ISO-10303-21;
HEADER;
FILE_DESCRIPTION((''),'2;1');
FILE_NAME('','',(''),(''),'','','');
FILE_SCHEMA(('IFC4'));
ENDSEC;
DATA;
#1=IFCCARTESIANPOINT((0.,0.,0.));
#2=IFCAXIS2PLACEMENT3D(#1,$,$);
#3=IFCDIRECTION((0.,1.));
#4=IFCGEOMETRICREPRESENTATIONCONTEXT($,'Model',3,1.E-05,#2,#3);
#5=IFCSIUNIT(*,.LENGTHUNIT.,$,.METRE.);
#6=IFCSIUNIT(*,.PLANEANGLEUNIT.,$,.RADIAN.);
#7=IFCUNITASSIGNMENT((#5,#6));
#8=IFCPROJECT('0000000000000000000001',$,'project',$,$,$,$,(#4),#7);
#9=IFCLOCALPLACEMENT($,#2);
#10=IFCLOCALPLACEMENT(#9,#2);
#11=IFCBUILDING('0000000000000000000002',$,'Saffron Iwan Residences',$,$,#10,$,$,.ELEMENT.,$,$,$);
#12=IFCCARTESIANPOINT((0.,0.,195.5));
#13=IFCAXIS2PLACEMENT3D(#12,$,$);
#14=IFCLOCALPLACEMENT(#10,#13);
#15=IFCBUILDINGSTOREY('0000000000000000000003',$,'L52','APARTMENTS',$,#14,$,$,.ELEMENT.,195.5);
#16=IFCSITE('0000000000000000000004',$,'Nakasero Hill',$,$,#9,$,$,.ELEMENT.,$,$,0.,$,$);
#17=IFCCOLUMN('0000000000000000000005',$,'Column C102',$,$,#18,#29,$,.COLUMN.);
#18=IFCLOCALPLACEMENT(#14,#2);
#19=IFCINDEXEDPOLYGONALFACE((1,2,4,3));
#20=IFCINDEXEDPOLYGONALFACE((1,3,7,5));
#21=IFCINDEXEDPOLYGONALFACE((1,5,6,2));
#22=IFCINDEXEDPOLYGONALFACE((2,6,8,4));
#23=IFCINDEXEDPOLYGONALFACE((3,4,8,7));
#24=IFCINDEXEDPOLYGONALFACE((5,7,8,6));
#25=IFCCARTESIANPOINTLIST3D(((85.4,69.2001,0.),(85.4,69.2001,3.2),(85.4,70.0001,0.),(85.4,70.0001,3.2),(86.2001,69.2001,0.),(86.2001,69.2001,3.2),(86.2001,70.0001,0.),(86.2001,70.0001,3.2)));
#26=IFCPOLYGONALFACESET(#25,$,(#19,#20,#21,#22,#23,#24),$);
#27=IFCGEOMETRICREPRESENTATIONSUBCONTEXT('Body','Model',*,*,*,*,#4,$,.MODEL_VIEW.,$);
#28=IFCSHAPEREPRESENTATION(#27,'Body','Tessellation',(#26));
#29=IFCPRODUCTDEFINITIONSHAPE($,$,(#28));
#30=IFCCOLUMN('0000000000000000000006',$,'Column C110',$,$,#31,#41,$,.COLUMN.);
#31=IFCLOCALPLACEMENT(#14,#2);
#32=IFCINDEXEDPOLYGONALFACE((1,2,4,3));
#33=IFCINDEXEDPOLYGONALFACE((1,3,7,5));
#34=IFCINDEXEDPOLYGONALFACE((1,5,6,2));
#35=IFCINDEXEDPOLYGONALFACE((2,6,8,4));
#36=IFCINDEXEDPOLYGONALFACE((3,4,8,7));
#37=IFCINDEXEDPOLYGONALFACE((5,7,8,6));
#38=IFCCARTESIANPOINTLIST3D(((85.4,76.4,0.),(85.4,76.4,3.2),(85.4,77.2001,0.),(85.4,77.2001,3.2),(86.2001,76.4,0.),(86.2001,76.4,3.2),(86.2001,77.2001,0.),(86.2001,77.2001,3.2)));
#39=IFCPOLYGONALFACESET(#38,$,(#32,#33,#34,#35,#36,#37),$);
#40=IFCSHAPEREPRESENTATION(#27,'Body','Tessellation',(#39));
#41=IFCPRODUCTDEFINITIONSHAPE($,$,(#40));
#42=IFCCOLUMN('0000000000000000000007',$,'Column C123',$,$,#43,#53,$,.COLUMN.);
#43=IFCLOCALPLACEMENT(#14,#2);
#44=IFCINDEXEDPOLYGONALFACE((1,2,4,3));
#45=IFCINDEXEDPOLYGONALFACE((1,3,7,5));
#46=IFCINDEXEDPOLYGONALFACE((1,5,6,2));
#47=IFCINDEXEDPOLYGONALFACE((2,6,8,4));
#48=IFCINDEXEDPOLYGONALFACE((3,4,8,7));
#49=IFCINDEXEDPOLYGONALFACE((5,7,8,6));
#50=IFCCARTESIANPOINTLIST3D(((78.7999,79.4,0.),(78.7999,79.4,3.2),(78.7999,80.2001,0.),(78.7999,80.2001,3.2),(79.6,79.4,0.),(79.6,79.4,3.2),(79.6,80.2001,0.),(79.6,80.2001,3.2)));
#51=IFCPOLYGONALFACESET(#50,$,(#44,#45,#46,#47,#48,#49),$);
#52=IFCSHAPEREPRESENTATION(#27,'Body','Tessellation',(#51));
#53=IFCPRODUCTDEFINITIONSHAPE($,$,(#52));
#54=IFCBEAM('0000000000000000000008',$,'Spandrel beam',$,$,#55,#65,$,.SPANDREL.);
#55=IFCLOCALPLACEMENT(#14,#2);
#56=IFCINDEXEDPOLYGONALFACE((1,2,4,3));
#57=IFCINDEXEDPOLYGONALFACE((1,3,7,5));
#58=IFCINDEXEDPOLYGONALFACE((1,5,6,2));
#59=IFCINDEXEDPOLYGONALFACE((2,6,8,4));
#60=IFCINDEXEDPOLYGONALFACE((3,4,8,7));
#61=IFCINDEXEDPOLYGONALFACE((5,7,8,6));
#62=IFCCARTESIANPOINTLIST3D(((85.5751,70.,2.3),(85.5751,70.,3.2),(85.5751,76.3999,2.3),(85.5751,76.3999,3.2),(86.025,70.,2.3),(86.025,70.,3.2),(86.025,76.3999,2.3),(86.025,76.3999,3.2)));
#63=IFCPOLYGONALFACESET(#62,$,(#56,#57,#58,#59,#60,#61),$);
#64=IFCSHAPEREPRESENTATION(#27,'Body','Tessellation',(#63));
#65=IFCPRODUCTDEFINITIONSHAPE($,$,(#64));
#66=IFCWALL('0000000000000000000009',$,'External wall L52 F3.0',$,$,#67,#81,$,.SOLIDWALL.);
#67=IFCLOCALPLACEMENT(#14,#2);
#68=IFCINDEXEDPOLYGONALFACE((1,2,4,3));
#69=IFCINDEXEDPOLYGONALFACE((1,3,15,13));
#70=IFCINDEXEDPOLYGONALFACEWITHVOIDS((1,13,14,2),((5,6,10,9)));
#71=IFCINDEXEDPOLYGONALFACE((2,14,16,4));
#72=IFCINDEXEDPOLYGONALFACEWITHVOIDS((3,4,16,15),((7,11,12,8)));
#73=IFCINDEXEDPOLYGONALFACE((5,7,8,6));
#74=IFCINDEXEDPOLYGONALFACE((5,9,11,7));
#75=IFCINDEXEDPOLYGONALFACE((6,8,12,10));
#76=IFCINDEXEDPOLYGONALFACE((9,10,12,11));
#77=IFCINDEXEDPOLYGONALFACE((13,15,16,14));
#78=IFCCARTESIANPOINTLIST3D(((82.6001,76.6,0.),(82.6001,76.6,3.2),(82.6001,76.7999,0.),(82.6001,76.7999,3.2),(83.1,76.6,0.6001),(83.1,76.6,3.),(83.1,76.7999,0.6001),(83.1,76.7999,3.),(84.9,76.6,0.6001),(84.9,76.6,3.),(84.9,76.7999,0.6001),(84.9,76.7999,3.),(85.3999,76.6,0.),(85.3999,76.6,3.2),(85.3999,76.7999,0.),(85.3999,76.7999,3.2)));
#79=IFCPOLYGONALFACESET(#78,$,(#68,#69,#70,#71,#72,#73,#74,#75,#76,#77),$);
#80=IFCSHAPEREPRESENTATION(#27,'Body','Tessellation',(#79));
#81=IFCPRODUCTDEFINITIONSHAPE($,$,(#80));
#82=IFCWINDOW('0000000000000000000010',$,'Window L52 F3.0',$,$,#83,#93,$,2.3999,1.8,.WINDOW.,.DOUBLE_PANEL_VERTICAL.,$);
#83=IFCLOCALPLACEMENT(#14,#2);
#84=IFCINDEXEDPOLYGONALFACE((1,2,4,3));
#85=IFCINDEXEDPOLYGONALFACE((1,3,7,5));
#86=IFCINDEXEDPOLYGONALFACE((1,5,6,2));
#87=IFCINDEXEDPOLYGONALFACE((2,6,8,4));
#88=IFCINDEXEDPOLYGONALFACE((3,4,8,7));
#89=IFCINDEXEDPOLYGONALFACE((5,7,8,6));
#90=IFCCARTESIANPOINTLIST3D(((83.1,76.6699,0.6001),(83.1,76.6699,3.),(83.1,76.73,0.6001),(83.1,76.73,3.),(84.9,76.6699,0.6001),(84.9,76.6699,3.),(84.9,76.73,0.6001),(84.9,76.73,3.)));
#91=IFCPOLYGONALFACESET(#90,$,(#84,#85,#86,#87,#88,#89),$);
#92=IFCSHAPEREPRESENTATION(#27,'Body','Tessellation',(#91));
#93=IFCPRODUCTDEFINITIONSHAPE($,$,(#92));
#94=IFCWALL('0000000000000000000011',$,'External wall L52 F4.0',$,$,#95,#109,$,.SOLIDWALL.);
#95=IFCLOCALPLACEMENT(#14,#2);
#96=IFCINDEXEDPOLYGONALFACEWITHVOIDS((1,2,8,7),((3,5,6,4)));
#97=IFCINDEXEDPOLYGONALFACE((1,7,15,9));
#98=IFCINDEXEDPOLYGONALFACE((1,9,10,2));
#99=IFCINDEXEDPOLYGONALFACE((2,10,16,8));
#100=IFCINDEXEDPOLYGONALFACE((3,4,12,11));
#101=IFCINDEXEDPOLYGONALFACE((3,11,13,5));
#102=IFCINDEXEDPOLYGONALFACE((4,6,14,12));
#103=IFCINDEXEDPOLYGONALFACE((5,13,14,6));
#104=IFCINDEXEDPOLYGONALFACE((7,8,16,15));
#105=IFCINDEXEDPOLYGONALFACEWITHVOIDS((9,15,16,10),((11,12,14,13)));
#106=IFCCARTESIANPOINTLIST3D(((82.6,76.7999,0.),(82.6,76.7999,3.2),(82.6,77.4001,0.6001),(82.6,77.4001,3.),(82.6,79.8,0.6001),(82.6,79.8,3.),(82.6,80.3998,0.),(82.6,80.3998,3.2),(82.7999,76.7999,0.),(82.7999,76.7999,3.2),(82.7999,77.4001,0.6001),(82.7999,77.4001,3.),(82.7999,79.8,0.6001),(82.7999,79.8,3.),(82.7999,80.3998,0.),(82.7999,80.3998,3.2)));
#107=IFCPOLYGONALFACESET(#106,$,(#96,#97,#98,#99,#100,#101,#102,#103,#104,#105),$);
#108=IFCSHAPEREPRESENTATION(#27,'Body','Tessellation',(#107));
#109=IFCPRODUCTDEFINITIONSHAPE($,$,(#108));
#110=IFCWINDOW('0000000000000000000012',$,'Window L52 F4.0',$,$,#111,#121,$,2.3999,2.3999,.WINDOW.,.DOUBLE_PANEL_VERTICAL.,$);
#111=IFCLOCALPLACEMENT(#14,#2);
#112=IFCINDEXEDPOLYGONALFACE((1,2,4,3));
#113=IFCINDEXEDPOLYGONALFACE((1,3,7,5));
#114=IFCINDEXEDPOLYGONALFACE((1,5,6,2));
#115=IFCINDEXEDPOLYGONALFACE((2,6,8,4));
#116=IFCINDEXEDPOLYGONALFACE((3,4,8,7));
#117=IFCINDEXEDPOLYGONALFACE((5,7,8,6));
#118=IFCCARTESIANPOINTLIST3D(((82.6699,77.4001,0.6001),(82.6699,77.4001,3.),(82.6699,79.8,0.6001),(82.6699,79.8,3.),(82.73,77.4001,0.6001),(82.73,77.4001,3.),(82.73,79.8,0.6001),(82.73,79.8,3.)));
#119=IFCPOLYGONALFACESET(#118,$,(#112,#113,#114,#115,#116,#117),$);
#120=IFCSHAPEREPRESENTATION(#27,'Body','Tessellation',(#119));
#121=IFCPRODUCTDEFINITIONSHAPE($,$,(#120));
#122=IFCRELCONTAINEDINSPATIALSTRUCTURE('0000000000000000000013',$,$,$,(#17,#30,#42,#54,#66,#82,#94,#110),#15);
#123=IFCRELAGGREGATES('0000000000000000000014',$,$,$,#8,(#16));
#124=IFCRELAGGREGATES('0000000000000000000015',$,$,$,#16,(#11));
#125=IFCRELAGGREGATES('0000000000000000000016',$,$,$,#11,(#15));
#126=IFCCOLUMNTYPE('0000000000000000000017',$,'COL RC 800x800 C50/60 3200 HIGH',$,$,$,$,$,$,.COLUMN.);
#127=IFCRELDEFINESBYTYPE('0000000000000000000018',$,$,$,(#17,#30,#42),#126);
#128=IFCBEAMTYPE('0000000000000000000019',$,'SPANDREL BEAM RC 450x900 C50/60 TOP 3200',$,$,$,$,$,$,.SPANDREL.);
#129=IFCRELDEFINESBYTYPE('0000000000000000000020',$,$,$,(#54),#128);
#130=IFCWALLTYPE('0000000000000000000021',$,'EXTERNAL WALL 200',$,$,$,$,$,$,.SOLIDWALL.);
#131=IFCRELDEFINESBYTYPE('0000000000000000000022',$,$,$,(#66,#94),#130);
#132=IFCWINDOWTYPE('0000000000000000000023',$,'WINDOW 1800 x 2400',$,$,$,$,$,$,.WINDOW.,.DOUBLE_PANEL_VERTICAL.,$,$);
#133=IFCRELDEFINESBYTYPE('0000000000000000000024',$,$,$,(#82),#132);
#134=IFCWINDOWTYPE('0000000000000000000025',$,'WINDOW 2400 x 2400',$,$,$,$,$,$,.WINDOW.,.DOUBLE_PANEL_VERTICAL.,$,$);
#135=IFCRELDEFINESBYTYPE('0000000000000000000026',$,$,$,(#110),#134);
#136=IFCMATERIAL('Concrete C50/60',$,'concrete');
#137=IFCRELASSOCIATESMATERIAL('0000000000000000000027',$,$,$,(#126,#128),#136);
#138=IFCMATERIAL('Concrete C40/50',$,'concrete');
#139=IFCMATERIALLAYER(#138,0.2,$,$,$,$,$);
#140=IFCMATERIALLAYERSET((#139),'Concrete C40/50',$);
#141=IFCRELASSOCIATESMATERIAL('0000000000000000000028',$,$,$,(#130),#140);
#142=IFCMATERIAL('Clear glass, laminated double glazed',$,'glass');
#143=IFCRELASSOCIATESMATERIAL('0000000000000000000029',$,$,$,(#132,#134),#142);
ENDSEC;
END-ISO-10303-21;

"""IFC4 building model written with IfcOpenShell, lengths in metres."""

from ifc_helpers import new_model, si_unit, direction, frame, frame_2d, origin, origin_2d, place, context, subcontext, project, spatial, rectangle, extrude, source, transform, mapped, material, layer, layer_set, material_profile, profile_set, type_object, element, fill, save


model = new_model("IFC4")

# Units and contexts
model_context = context("Model", 3, precision=1e-05, world=origin(), true_north=direction((0.0, 1.0)))
body_context = subcontext(model_context, "Body", "Model", "MODEL_VIEW")
ifc_project = project(units=[si_unit("LENGTHUNIT", "METRE"), si_unit("PLANEANGLEUNIT", "RADIAN")], contexts=[model_context])

# Site, building, storey
site_placement = place(None, origin())
site = spatial("IfcSite", under=ifc_project, at=site_placement, Name="Nakasero Hill", CompositionType="ELEMENT", RefElevation=0.0)
building_placement = place(site_placement, origin())
building = spatial("IfcBuilding", under=site, at=building_placement, Name="Saffron Iwan Residences", CompositionType="ELEMENT")
storey_placement = place(building_placement, frame((0.0, 0.0, 195.5)))
storey = spatial("IfcBuildingStorey", under=building, at=storey_placement, Name="L52", Description="APARTMENTS", CompositionType="ELEMENT", Elevation=195.5)

# Columns
ifc_material_1 = material(Name="Concrete C50/60", Category="concrete")
ifc_material_profile_1 = material_profile(ifc_material_1, rectangle(XDim=0.8, YDim=0.8, at=origin_2d()), Name="RC 800x800")
ifc_profile_set_1 = profile_set([ifc_material_profile_1], Name="Concrete C50/60")
column_type = type_object("IfcColumnType", Name="COL RC 800x800 C50/60 3200 HIGH", PredefinedType="COLUMN", material=ifc_profile_set_1)
shared_shape_1 = source(origin(), body_context, "Body", "SweptSolid", [
    extrude(rectangle(XDim=0.8, YDim=0.8, at=origin_2d()), origin(), (0.0, 0.0, 1.0), 3.2),
])
for number, where, z_axis, x_axis, name in (
    (1, (85.8, 69.6001, 0.0), (0.0, 0.0, 1.0), (1.0, 0.0, 0.0), "Column C102"),
    (2, (85.8, 76.8, 0.0), (0.0, 0.0, 1.0), (1.0, 0.0, 0.0), "Column C110"),
    (3, (79.2, 79.8, 0.0), (0.0, 0.0, 1.0), (1.0, 0.0, 0.0), "Column C123"),
):
    element("IfcColumn", number, at=place(storey_placement, frame(where, z_axis=z_axis, x_axis=x_axis)), inside=storey, type_object=column_type, Name=name, PredefinedType="COLUMN", context=body_context, shape_type="MappedRepresentation", body=[
        mapped(shared_shape_1, transform((0.0, 0.0, 0.0))),
    ])

# Beam
ifc_material_profile_2 = material_profile(ifc_material_1, rectangle(XDim=0.45, YDim=0.8999, at=origin_2d()), Name="RC 450x900")
ifc_profile_set_2 = profile_set([ifc_material_profile_2], Name="Concrete C50/60")
beam_type = type_object("IfcBeamType", Name="SPANDREL BEAM RC 450x900 C50/60 TOP 3200", PredefinedType="SPANDREL", material=ifc_profile_set_2)
shared_shape_2 = source(origin(), body_context, "Body", "SweptSolid", [
    extrude(rectangle(XDim=0.45, YDim=0.8999, at=origin_2d()), origin(), (0.0, 0.0, 1.0), 6.3999),
])
beam_placement = place(storey_placement, frame((85.8, 76.3999, 2.75), z_axis=(0.0, -1.0, 0.0), x_axis=(1.0, 0.0, 0.0)))
element("IfcBeam", 4, at=beam_placement, inside=storey, type_object=beam_type, Name="Spandrel beam", PredefinedType="SPANDREL", context=body_context, shape_type="MappedRepresentation", body=[
    mapped(shared_shape_2, transform((0.0, 0.0, 0.0))),
])

# Walls, openings, windows
ifc_material_2 = material(Name="Concrete C40/50", Category="concrete")
ifc_layer_1 = layer(ifc_material_2, 0.2)
ifc_layer_set_1 = layer_set([ifc_layer_1], Name="Concrete C40/50")
wall_type_1 = type_object("IfcWallType", Name="EXTERNAL WALL 200", PredefinedType="SOLIDWALL", material=ifc_layer_set_1)
wall_1_placement = place(storey_placement, frame((85.3999, 76.7, 0.0), z_axis=(0.0, 0.0, 1.0), x_axis=(-1.0, 0.0, 0.0)))
wall_1 = element("IfcWall", 5, at=wall_1_placement, inside=storey, type_object=wall_type_1, Name="External wall L52 F3.0", PredefinedType="SOLIDWALL", context=body_context, shape_type="SweptSolid", body=[
    extrude(rectangle(XDim=2.7998, YDim=0.2, at=frame_2d((1.3999, 0.0))), origin(), (0.0, 0.0, 1.0), 3.2),
])
opening_1_placement = place(wall_1_placement, frame((0.5, 0.0, 0.6001)))
opening_1 = element("IfcOpeningElement", 6, at=opening_1_placement, cuts=wall_1, PredefinedType="OPENING", context=body_context, shape_type="SweptSolid", body=[
    extrude(rectangle(XDim=1.8, YDim=2.3999, at=frame_2d((0.8999, 1.2))), frame((0.0, 0.1099, 0.0), z_axis=(0.0, -1.0, 0.0), x_axis=(1.0, 0.0, 0.0)), (0.0, 0.0, 1.0), 0.22),
])
ifc_material_3 = material(Name="Clear glass, laminated double glazed", Category="glass")
window_type_1 = type_object("IfcWindowType", Name="WINDOW 1800 x 2400", PartitioningType="DOUBLE_PANEL_VERTICAL", PredefinedType="WINDOW", material=ifc_material_3)
window_1_placement = place(opening_1_placement, origin())
window_1 = element("IfcWindow", 7, at=window_1_placement, inside=storey, type_object=window_type_1, Name="Window L52 F3.0", OverallHeight=2.3999, OverallWidth=1.8, PartitioningType="DOUBLE_PANEL_VERTICAL", PredefinedType="WINDOW", context=body_context, shape_type="SweptSolid", body=[
    extrude(rectangle(XDim=1.8, YDim=2.3999, at=frame_2d((0.8999, 1.2))), frame((0.0, 0.03, 0.0), z_axis=(0.0, -1.0, 0.0), x_axis=(1.0, 0.0, 0.0)), (0.0, 0.0, 1.0), 0.0601),
])
fill(opening_1, window_1)
wall_2_placement = place(storey_placement, frame((82.7, 76.8, 0.0), z_axis=(0.0, 0.0, 1.0), x_axis=(0.0, 1.0, 0.0)))
wall_2 = element("IfcWall", 8, at=wall_2_placement, inside=storey, type_object=wall_type_1, Name="External wall L52 F4.0", PredefinedType="SOLIDWALL", context=body_context, shape_type="SweptSolid", body=[
    extrude(rectangle(XDim=3.5999, YDim=0.2, at=frame_2d((1.7998, 0.0))), origin(), (0.0, 0.0, 1.0), 3.2),
])
opening_2_placement = place(wall_2_placement, frame((0.6001, 0.0, 0.6001)))
opening_2 = element("IfcOpeningElement", 9, at=opening_2_placement, cuts=wall_2, PredefinedType="OPENING", context=body_context, shape_type="SweptSolid", body=[
    extrude(rectangle(XDim=2.3999, YDim=2.3999, at=frame_2d((1.2, 1.2))), frame((0.0, 0.1099, 0.0), z_axis=(0.0, -1.0, 0.0), x_axis=(1.0, 0.0, 0.0)), (0.0, 0.0, 1.0), 0.22),
])
window_type_2 = type_object("IfcWindowType", Name="WINDOW 2400 x 2400", PartitioningType="DOUBLE_PANEL_VERTICAL", PredefinedType="WINDOW", material=ifc_material_3)
window_2_placement = place(opening_2_placement, origin())
window_2 = element("IfcWindow", 10, at=window_2_placement, inside=storey, type_object=window_type_2, Name="Window L52 F4.0", OverallHeight=2.3999, OverallWidth=2.3999, PartitioningType="DOUBLE_PANEL_VERTICAL", PredefinedType="WINDOW", context=body_context, shape_type="SweptSolid", body=[
    extrude(rectangle(XDim=2.3999, YDim=2.3999, at=frame_2d((1.2, 1.2))), frame((0.0, 0.03, 0.0), z_axis=(0.0, -1.0, 0.0), x_axis=(1.0, 0.0, 0.0)), (0.0, 0.0, 1.0), 0.0601),
])
fill(opening_2, window_2)

save(model, "model.ifc")
